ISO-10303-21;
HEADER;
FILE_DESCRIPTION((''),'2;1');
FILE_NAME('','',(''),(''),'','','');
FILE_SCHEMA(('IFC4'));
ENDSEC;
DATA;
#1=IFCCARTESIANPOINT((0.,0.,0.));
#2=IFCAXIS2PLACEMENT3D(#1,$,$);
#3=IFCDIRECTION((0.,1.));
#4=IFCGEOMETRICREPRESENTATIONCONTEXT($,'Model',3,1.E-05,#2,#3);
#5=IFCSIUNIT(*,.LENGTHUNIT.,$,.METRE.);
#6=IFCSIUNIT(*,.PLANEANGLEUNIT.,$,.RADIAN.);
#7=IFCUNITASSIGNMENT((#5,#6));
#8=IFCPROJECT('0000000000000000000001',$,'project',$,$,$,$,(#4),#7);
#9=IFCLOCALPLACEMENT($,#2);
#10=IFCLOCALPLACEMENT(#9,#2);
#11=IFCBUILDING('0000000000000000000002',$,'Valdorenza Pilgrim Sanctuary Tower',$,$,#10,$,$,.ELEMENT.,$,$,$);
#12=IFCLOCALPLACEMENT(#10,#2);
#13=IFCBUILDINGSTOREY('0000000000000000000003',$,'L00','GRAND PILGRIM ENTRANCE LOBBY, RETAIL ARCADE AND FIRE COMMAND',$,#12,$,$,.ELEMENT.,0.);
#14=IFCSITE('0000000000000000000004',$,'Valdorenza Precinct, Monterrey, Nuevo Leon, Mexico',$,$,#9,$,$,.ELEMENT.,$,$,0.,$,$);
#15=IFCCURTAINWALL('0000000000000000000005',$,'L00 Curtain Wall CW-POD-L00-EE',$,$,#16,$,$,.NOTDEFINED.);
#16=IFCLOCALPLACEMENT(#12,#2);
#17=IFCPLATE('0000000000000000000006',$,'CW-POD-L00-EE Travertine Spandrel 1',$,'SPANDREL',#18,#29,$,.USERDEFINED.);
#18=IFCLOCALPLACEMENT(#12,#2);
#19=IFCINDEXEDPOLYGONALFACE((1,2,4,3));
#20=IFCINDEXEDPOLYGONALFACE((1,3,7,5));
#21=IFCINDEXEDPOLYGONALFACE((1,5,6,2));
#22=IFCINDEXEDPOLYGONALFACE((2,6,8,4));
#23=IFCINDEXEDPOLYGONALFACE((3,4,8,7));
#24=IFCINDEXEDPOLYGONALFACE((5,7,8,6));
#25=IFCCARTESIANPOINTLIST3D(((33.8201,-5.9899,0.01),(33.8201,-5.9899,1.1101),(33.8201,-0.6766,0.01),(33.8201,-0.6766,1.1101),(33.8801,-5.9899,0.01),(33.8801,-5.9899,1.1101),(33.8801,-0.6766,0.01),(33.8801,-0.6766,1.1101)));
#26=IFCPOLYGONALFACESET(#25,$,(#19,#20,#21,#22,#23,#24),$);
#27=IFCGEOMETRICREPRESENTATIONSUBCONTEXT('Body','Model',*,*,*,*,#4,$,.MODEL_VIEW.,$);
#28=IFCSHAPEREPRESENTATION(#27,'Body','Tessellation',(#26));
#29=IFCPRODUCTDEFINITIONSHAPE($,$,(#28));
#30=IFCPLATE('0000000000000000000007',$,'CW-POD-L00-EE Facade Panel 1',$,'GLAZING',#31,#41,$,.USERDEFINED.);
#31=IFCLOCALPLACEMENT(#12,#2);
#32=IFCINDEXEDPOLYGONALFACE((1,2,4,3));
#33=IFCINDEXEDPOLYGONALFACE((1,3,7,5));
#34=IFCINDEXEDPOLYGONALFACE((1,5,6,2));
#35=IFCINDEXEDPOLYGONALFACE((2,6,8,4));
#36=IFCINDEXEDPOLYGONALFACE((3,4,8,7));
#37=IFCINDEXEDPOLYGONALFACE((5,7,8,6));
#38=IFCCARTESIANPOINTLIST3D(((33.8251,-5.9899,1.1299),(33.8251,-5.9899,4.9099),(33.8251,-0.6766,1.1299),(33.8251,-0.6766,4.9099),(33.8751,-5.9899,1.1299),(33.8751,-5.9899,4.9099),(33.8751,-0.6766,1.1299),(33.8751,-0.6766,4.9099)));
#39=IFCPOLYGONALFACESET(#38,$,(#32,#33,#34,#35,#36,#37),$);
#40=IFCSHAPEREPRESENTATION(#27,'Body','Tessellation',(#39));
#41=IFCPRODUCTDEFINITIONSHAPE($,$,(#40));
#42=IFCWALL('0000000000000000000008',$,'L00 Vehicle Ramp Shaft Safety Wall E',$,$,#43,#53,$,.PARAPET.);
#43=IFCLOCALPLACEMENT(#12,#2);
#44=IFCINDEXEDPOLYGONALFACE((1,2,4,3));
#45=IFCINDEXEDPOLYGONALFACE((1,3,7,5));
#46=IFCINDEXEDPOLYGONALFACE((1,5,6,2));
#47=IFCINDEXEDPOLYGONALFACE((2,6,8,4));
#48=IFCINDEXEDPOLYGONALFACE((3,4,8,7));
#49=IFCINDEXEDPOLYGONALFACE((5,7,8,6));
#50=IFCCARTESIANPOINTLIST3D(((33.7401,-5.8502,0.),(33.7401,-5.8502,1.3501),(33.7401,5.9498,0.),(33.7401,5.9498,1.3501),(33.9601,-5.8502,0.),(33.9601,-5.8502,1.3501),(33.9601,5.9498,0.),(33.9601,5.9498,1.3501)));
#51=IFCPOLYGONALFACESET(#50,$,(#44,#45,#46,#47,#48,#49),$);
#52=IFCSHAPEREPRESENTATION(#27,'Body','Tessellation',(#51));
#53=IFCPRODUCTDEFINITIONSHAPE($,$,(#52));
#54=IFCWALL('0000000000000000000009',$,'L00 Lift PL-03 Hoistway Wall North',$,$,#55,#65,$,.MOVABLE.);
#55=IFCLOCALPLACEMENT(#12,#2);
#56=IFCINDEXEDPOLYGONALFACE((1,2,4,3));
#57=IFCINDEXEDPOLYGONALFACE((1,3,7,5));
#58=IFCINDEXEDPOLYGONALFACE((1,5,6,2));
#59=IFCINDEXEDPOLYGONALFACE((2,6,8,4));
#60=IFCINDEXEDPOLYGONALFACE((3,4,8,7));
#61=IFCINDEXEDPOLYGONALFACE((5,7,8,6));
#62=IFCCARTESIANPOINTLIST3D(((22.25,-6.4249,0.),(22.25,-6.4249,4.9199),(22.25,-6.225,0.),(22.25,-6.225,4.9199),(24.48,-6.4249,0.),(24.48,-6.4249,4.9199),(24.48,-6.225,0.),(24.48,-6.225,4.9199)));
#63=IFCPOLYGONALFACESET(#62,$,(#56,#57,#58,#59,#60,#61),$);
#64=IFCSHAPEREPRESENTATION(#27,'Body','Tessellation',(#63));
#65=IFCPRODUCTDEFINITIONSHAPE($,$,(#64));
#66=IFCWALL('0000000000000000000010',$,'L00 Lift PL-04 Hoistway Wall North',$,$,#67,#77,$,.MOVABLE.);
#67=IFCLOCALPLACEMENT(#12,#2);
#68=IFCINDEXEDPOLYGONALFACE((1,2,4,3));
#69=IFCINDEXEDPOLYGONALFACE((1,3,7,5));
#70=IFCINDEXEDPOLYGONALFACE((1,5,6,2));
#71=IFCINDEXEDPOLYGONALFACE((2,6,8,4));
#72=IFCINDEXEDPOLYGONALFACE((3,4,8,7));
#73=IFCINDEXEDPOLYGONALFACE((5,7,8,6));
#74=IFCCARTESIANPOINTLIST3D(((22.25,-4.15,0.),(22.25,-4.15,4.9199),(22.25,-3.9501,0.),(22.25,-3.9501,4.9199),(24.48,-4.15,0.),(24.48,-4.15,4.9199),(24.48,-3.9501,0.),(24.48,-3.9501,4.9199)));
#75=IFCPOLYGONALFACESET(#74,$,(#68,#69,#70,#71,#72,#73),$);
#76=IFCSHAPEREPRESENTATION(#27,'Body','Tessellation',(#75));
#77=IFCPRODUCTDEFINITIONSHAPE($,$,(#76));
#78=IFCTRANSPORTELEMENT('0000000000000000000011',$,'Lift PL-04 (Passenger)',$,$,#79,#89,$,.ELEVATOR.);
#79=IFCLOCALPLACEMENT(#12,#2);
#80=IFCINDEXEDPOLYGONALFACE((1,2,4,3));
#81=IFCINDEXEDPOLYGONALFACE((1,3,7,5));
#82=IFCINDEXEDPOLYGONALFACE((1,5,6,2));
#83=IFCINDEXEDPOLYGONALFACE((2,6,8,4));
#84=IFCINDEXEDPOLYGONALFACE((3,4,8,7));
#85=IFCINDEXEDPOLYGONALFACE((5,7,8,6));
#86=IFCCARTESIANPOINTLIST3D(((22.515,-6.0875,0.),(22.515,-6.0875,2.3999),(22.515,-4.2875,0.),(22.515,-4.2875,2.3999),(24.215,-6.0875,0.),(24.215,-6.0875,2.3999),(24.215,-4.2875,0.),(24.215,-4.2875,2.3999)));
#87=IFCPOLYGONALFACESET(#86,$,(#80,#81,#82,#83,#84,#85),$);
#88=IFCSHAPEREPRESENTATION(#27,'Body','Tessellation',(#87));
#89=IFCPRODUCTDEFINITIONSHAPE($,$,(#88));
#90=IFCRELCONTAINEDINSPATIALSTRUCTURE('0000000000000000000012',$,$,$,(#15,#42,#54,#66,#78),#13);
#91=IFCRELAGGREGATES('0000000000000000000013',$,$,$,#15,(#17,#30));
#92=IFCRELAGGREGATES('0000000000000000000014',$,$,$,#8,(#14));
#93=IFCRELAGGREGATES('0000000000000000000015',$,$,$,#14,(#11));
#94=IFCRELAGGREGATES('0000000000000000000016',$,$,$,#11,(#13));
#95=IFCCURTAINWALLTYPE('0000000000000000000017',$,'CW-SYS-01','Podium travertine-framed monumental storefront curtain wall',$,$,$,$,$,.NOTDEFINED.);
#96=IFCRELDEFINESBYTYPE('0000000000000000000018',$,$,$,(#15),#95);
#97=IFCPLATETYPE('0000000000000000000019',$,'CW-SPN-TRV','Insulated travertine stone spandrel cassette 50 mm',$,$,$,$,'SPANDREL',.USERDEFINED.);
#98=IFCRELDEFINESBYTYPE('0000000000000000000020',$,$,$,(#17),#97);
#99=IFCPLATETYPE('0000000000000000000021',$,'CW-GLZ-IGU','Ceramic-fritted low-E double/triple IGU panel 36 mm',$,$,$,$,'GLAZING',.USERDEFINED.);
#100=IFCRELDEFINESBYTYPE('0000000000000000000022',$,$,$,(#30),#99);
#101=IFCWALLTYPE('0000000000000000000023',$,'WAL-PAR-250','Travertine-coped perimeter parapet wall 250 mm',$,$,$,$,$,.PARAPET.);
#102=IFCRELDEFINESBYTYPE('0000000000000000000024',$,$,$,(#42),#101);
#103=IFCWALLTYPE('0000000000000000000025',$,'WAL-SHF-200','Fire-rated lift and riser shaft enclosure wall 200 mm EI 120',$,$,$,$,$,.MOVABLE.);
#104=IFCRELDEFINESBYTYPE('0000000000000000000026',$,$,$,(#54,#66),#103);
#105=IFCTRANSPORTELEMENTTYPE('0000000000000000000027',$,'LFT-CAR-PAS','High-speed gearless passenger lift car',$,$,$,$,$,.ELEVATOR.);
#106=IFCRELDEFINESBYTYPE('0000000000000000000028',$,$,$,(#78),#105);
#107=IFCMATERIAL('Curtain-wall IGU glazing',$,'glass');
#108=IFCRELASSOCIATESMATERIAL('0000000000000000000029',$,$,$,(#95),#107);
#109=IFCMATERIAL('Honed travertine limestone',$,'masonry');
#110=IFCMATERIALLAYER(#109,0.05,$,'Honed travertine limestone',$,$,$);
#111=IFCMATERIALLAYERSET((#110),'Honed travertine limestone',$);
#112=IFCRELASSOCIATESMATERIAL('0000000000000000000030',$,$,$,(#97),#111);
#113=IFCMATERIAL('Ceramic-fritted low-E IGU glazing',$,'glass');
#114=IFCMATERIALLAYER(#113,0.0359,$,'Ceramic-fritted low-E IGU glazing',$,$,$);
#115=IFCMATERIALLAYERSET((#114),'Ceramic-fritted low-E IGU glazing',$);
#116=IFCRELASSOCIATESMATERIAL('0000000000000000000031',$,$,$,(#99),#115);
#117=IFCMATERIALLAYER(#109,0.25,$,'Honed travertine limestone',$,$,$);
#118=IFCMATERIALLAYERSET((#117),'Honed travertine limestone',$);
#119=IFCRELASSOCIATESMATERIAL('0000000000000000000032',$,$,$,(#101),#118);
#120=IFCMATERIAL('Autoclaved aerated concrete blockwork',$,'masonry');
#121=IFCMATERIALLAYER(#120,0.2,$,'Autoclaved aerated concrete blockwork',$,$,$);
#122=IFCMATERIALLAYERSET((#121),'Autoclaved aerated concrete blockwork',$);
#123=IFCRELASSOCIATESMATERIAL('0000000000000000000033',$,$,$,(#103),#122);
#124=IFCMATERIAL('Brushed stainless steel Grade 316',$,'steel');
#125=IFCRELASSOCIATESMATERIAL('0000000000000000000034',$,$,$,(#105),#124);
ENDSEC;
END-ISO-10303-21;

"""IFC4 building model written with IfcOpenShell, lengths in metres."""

from ifc_helpers import new_model, si_unit, direction, frame, frame_2d, origin, origin_2d, place, context, subcontext, project, spatial, rectangle, extrude, source, transform, mapped, material, layer, layer_set, type_object, element, aggregate, save


model = new_model("IFC4")

# Units and contexts
model_context = context("Model", 3, precision=1e-05, world=origin(), true_north=direction((0.0, 1.0)))
body_context = subcontext(model_context, "Body", "Model", "MODEL_VIEW")
ifc_project = project(units=[si_unit("LENGTHUNIT", "METRE"), si_unit("PLANEANGLEUNIT", "RADIAN")], contexts=[model_context])

# Site, building, storey
site_placement = place(None, origin())
site = spatial("IfcSite", under=ifc_project, at=site_placement, Name="Valdorenza Precinct, Monterrey, Nuevo Leon, Mexico", CompositionType="ELEMENT", RefElevation=0.0)
building_placement = place(site_placement, origin())
building = spatial("IfcBuilding", under=site, at=building_placement, Name="Valdorenza Pilgrim Sanctuary Tower", CompositionType="ELEMENT")
storey_placement = place(building_placement, origin())
storey = spatial("IfcBuildingStorey", under=building, at=storey_placement, Name="L00", Description="GRAND PILGRIM ENTRANCE LOBBY, RETAIL ARCADE AND FIRE COMMAND", CompositionType="ELEMENT", Elevation=0.0)

# Curtain wall, plates
ifc_material_1 = material(Name="Curtain-wall IGU glazing", Category="glass")
curtain_wall_type = type_object("IfcCurtainWallType", Name="CW-SYS-01", Description="Podium travertine-framed monumental storefront curtain wall", PredefinedType="NOTDEFINED", material=ifc_material_1)
curtain_wall_placement = place(storey_placement, origin())
curtain_wall = element("IfcCurtainWall", 1, at=curtain_wall_placement, inside=storey, type_object=curtain_wall_type, Name="L00 Curtain Wall CW-POD-L00-EE", PredefinedType="NOTDEFINED")
ifc_material_2 = material(Name="Honed travertine limestone", Category="masonry")
ifc_layer_1 = layer(ifc_material_2, 0.05, Name="Honed travertine limestone")
ifc_layer_set_1 = layer_set([ifc_layer_1], Name="Honed travertine limestone")
plate_type_1 = type_object("IfcPlateType", Name="CW-SPN-TRV", Description="Insulated travertine stone spandrel cassette 50 mm", ElementType="SPANDREL", PredefinedType="USERDEFINED", material=ifc_layer_set_1)
shared_shape_1 = source(origin(), body_context, "Body", "SweptSolid", [
    extrude(rectangle(XDim=5.3132, YDim=0.0601, at=origin_2d()), origin(), (0.0, 0.0, 1.0), 1.1001),
])
plate_1_placement = place(storey_placement, frame((33.8501, -3.3333, 0.01), z_axis=(0.0, 0.0, 1.0), x_axis=(0.0, 1.0, 0.0)))
plate_1 = element("IfcPlate", 2, at=plate_1_placement, type_object=plate_type_1, Name="CW-POD-L00-EE Travertine Spandrel 1", ObjectType="SPANDREL", PredefinedType="USERDEFINED", context=body_context, shape_type="MappedRepresentation", body=[
    mapped(shared_shape_1, transform((0.0, 0.0, 0.0), x_axis=(1.0, 0.0, 0.0), y_axis=(0.0, 1.0, 0.0), z_axis=(0.0, 0.0, 1.0), scale=1.0)),
])
ifc_material_3 = material(Name="Ceramic-fritted low-E IGU glazing", Category="glass")
ifc_layer_2 = layer(ifc_material_3, 0.0359, Name="Ceramic-fritted low-E IGU glazing")
ifc_layer_set_2 = layer_set([ifc_layer_2], Name="Ceramic-fritted low-E IGU glazing")
plate_type_2 = type_object("IfcPlateType", Name="CW-GLZ-IGU", Description="Ceramic-fritted low-E double/triple IGU panel 36 mm", ElementType="GLAZING", PredefinedType="USERDEFINED", material=ifc_layer_set_2)
shared_shape_2 = source(origin(), body_context, "Body", "SweptSolid", [
    extrude(rectangle(XDim=5.3132, YDim=0.05, at=origin_2d()), origin(), (0.0, 0.0, 1.0), 3.78),
])
plate_2_placement = place(storey_placement, frame((33.8501, -3.3333, 1.1299), z_axis=(0.0, 0.0, 1.0), x_axis=(0.0, 1.0, 0.0)))
plate_2 = element("IfcPlate", 3, at=plate_2_placement, type_object=plate_type_2, Name="CW-POD-L00-EE Facade Panel 1", ObjectType="GLAZING", PredefinedType="USERDEFINED", context=body_context, shape_type="MappedRepresentation", body=[
    mapped(shared_shape_2, transform((0.0, 0.0, 0.0), x_axis=(1.0, 0.0, 0.0), y_axis=(0.0, 1.0, 0.0), z_axis=(0.0, 0.0, 1.0), scale=1.0)),
])
aggregate(curtain_wall, [plate_1, plate_2])

# Walls
ifc_layer_3 = layer(ifc_material_2, 0.25, Name="Honed travertine limestone")
ifc_layer_set_3 = layer_set([ifc_layer_3], Name="Honed travertine limestone")
wall_type_1 = type_object("IfcWallType", Name="WAL-PAR-250", Description="Travertine-coped perimeter parapet wall 250 mm", PredefinedType="PARAPET", material=ifc_layer_set_3)
wall_1_placement = place(storey_placement, frame((33.8501, -5.8501, 0.0), z_axis=(0.0, 0.0, 1.0), x_axis=(0.0, 1.0, 0.0)))
element("IfcWall", 4, at=wall_1_placement, inside=storey, type_object=wall_type_1, Name="L00 Vehicle Ramp Shaft Safety Wall E", PredefinedType="PARAPET", context=body_context, shape_type="SweptSolid", body=[
    extrude(rectangle(XDim=11.8, YDim=0.22, at=frame_2d((5.8999, 0.0))), origin(), (0.0, 0.0, 1.0), 1.3501),
])
ifc_material_4 = material(Name="Autoclaved aerated concrete blockwork", Category="masonry")
ifc_layer_4 = layer(ifc_material_4, 0.2, Name="Autoclaved aerated concrete blockwork")
ifc_layer_set_4 = layer_set([ifc_layer_4], Name="Autoclaved aerated concrete blockwork")
wall_type_2 = type_object("IfcWallType", Name="WAL-SHF-200", Description="Fire-rated lift and riser shaft enclosure wall 200 mm EI 120", PredefinedType="MOVABLE", material=ifc_layer_set_4)
for number, where, z_axis, x_axis, name in (
    (5, (22.25, -6.325, 0.0), (0.0, 0.0, 1.0), (1.0, 0.0, 0.0), "L00 Lift PL-03 Hoistway Wall North"),
    (6, (22.25, -4.05, 0.0), (0.0, 0.0, 1.0), (1.0, 0.0, 0.0), "L00 Lift PL-04 Hoistway Wall North"),
):
    element("IfcWall", number, at=place(storey_placement, frame(where, z_axis=z_axis, x_axis=x_axis)), inside=storey, type_object=wall_type_2, Name=name, PredefinedType="MOVABLE", context=body_context, shape_type="SweptSolid", body=[
        extrude(rectangle(XDim=2.23, YDim=0.2, at=frame_2d((1.115, 0.0))), origin(), (0.0, 0.0, 1.0), 4.9199),
    ])

# Transport element
ifc_material_5 = material(Name="Brushed stainless steel Grade 316", Category="steel")
transport_element_type = type_object("IfcTransportElementType", Name="LFT-CAR-PAS", Description="High-speed gearless passenger lift car", PredefinedType="ELEVATOR", material=ifc_material_5)
shared_shape_3 = source(origin(), body_context, "Body", "SweptSolid", [
    extrude(rectangle(XDim=1.7, YDim=1.8, at=origin_2d()), origin(), (0.0, 0.0, 1.0), 2.3999),
])
transport_element_placement = place(storey_placement, frame((23.365, -5.1875, 0.0), z_axis=(0.0, 0.0, 1.0), x_axis=(1.0, 0.0, 0.0)))
element("IfcTransportElement", 7, at=transport_element_placement, inside=storey, type_object=transport_element_type, Name="Lift PL-04 (Passenger)", PredefinedType="ELEVATOR", context=body_context, shape_type="MappedRepresentation", body=[
    mapped(shared_shape_3, transform((0.0, 0.0, 0.0), x_axis=(1.0, 0.0, 0.0), y_axis=(0.0, 1.0, 0.0), z_axis=(0.0, 0.0, 1.0), scale=1.0)),
])

save(model, "model.ifc")
